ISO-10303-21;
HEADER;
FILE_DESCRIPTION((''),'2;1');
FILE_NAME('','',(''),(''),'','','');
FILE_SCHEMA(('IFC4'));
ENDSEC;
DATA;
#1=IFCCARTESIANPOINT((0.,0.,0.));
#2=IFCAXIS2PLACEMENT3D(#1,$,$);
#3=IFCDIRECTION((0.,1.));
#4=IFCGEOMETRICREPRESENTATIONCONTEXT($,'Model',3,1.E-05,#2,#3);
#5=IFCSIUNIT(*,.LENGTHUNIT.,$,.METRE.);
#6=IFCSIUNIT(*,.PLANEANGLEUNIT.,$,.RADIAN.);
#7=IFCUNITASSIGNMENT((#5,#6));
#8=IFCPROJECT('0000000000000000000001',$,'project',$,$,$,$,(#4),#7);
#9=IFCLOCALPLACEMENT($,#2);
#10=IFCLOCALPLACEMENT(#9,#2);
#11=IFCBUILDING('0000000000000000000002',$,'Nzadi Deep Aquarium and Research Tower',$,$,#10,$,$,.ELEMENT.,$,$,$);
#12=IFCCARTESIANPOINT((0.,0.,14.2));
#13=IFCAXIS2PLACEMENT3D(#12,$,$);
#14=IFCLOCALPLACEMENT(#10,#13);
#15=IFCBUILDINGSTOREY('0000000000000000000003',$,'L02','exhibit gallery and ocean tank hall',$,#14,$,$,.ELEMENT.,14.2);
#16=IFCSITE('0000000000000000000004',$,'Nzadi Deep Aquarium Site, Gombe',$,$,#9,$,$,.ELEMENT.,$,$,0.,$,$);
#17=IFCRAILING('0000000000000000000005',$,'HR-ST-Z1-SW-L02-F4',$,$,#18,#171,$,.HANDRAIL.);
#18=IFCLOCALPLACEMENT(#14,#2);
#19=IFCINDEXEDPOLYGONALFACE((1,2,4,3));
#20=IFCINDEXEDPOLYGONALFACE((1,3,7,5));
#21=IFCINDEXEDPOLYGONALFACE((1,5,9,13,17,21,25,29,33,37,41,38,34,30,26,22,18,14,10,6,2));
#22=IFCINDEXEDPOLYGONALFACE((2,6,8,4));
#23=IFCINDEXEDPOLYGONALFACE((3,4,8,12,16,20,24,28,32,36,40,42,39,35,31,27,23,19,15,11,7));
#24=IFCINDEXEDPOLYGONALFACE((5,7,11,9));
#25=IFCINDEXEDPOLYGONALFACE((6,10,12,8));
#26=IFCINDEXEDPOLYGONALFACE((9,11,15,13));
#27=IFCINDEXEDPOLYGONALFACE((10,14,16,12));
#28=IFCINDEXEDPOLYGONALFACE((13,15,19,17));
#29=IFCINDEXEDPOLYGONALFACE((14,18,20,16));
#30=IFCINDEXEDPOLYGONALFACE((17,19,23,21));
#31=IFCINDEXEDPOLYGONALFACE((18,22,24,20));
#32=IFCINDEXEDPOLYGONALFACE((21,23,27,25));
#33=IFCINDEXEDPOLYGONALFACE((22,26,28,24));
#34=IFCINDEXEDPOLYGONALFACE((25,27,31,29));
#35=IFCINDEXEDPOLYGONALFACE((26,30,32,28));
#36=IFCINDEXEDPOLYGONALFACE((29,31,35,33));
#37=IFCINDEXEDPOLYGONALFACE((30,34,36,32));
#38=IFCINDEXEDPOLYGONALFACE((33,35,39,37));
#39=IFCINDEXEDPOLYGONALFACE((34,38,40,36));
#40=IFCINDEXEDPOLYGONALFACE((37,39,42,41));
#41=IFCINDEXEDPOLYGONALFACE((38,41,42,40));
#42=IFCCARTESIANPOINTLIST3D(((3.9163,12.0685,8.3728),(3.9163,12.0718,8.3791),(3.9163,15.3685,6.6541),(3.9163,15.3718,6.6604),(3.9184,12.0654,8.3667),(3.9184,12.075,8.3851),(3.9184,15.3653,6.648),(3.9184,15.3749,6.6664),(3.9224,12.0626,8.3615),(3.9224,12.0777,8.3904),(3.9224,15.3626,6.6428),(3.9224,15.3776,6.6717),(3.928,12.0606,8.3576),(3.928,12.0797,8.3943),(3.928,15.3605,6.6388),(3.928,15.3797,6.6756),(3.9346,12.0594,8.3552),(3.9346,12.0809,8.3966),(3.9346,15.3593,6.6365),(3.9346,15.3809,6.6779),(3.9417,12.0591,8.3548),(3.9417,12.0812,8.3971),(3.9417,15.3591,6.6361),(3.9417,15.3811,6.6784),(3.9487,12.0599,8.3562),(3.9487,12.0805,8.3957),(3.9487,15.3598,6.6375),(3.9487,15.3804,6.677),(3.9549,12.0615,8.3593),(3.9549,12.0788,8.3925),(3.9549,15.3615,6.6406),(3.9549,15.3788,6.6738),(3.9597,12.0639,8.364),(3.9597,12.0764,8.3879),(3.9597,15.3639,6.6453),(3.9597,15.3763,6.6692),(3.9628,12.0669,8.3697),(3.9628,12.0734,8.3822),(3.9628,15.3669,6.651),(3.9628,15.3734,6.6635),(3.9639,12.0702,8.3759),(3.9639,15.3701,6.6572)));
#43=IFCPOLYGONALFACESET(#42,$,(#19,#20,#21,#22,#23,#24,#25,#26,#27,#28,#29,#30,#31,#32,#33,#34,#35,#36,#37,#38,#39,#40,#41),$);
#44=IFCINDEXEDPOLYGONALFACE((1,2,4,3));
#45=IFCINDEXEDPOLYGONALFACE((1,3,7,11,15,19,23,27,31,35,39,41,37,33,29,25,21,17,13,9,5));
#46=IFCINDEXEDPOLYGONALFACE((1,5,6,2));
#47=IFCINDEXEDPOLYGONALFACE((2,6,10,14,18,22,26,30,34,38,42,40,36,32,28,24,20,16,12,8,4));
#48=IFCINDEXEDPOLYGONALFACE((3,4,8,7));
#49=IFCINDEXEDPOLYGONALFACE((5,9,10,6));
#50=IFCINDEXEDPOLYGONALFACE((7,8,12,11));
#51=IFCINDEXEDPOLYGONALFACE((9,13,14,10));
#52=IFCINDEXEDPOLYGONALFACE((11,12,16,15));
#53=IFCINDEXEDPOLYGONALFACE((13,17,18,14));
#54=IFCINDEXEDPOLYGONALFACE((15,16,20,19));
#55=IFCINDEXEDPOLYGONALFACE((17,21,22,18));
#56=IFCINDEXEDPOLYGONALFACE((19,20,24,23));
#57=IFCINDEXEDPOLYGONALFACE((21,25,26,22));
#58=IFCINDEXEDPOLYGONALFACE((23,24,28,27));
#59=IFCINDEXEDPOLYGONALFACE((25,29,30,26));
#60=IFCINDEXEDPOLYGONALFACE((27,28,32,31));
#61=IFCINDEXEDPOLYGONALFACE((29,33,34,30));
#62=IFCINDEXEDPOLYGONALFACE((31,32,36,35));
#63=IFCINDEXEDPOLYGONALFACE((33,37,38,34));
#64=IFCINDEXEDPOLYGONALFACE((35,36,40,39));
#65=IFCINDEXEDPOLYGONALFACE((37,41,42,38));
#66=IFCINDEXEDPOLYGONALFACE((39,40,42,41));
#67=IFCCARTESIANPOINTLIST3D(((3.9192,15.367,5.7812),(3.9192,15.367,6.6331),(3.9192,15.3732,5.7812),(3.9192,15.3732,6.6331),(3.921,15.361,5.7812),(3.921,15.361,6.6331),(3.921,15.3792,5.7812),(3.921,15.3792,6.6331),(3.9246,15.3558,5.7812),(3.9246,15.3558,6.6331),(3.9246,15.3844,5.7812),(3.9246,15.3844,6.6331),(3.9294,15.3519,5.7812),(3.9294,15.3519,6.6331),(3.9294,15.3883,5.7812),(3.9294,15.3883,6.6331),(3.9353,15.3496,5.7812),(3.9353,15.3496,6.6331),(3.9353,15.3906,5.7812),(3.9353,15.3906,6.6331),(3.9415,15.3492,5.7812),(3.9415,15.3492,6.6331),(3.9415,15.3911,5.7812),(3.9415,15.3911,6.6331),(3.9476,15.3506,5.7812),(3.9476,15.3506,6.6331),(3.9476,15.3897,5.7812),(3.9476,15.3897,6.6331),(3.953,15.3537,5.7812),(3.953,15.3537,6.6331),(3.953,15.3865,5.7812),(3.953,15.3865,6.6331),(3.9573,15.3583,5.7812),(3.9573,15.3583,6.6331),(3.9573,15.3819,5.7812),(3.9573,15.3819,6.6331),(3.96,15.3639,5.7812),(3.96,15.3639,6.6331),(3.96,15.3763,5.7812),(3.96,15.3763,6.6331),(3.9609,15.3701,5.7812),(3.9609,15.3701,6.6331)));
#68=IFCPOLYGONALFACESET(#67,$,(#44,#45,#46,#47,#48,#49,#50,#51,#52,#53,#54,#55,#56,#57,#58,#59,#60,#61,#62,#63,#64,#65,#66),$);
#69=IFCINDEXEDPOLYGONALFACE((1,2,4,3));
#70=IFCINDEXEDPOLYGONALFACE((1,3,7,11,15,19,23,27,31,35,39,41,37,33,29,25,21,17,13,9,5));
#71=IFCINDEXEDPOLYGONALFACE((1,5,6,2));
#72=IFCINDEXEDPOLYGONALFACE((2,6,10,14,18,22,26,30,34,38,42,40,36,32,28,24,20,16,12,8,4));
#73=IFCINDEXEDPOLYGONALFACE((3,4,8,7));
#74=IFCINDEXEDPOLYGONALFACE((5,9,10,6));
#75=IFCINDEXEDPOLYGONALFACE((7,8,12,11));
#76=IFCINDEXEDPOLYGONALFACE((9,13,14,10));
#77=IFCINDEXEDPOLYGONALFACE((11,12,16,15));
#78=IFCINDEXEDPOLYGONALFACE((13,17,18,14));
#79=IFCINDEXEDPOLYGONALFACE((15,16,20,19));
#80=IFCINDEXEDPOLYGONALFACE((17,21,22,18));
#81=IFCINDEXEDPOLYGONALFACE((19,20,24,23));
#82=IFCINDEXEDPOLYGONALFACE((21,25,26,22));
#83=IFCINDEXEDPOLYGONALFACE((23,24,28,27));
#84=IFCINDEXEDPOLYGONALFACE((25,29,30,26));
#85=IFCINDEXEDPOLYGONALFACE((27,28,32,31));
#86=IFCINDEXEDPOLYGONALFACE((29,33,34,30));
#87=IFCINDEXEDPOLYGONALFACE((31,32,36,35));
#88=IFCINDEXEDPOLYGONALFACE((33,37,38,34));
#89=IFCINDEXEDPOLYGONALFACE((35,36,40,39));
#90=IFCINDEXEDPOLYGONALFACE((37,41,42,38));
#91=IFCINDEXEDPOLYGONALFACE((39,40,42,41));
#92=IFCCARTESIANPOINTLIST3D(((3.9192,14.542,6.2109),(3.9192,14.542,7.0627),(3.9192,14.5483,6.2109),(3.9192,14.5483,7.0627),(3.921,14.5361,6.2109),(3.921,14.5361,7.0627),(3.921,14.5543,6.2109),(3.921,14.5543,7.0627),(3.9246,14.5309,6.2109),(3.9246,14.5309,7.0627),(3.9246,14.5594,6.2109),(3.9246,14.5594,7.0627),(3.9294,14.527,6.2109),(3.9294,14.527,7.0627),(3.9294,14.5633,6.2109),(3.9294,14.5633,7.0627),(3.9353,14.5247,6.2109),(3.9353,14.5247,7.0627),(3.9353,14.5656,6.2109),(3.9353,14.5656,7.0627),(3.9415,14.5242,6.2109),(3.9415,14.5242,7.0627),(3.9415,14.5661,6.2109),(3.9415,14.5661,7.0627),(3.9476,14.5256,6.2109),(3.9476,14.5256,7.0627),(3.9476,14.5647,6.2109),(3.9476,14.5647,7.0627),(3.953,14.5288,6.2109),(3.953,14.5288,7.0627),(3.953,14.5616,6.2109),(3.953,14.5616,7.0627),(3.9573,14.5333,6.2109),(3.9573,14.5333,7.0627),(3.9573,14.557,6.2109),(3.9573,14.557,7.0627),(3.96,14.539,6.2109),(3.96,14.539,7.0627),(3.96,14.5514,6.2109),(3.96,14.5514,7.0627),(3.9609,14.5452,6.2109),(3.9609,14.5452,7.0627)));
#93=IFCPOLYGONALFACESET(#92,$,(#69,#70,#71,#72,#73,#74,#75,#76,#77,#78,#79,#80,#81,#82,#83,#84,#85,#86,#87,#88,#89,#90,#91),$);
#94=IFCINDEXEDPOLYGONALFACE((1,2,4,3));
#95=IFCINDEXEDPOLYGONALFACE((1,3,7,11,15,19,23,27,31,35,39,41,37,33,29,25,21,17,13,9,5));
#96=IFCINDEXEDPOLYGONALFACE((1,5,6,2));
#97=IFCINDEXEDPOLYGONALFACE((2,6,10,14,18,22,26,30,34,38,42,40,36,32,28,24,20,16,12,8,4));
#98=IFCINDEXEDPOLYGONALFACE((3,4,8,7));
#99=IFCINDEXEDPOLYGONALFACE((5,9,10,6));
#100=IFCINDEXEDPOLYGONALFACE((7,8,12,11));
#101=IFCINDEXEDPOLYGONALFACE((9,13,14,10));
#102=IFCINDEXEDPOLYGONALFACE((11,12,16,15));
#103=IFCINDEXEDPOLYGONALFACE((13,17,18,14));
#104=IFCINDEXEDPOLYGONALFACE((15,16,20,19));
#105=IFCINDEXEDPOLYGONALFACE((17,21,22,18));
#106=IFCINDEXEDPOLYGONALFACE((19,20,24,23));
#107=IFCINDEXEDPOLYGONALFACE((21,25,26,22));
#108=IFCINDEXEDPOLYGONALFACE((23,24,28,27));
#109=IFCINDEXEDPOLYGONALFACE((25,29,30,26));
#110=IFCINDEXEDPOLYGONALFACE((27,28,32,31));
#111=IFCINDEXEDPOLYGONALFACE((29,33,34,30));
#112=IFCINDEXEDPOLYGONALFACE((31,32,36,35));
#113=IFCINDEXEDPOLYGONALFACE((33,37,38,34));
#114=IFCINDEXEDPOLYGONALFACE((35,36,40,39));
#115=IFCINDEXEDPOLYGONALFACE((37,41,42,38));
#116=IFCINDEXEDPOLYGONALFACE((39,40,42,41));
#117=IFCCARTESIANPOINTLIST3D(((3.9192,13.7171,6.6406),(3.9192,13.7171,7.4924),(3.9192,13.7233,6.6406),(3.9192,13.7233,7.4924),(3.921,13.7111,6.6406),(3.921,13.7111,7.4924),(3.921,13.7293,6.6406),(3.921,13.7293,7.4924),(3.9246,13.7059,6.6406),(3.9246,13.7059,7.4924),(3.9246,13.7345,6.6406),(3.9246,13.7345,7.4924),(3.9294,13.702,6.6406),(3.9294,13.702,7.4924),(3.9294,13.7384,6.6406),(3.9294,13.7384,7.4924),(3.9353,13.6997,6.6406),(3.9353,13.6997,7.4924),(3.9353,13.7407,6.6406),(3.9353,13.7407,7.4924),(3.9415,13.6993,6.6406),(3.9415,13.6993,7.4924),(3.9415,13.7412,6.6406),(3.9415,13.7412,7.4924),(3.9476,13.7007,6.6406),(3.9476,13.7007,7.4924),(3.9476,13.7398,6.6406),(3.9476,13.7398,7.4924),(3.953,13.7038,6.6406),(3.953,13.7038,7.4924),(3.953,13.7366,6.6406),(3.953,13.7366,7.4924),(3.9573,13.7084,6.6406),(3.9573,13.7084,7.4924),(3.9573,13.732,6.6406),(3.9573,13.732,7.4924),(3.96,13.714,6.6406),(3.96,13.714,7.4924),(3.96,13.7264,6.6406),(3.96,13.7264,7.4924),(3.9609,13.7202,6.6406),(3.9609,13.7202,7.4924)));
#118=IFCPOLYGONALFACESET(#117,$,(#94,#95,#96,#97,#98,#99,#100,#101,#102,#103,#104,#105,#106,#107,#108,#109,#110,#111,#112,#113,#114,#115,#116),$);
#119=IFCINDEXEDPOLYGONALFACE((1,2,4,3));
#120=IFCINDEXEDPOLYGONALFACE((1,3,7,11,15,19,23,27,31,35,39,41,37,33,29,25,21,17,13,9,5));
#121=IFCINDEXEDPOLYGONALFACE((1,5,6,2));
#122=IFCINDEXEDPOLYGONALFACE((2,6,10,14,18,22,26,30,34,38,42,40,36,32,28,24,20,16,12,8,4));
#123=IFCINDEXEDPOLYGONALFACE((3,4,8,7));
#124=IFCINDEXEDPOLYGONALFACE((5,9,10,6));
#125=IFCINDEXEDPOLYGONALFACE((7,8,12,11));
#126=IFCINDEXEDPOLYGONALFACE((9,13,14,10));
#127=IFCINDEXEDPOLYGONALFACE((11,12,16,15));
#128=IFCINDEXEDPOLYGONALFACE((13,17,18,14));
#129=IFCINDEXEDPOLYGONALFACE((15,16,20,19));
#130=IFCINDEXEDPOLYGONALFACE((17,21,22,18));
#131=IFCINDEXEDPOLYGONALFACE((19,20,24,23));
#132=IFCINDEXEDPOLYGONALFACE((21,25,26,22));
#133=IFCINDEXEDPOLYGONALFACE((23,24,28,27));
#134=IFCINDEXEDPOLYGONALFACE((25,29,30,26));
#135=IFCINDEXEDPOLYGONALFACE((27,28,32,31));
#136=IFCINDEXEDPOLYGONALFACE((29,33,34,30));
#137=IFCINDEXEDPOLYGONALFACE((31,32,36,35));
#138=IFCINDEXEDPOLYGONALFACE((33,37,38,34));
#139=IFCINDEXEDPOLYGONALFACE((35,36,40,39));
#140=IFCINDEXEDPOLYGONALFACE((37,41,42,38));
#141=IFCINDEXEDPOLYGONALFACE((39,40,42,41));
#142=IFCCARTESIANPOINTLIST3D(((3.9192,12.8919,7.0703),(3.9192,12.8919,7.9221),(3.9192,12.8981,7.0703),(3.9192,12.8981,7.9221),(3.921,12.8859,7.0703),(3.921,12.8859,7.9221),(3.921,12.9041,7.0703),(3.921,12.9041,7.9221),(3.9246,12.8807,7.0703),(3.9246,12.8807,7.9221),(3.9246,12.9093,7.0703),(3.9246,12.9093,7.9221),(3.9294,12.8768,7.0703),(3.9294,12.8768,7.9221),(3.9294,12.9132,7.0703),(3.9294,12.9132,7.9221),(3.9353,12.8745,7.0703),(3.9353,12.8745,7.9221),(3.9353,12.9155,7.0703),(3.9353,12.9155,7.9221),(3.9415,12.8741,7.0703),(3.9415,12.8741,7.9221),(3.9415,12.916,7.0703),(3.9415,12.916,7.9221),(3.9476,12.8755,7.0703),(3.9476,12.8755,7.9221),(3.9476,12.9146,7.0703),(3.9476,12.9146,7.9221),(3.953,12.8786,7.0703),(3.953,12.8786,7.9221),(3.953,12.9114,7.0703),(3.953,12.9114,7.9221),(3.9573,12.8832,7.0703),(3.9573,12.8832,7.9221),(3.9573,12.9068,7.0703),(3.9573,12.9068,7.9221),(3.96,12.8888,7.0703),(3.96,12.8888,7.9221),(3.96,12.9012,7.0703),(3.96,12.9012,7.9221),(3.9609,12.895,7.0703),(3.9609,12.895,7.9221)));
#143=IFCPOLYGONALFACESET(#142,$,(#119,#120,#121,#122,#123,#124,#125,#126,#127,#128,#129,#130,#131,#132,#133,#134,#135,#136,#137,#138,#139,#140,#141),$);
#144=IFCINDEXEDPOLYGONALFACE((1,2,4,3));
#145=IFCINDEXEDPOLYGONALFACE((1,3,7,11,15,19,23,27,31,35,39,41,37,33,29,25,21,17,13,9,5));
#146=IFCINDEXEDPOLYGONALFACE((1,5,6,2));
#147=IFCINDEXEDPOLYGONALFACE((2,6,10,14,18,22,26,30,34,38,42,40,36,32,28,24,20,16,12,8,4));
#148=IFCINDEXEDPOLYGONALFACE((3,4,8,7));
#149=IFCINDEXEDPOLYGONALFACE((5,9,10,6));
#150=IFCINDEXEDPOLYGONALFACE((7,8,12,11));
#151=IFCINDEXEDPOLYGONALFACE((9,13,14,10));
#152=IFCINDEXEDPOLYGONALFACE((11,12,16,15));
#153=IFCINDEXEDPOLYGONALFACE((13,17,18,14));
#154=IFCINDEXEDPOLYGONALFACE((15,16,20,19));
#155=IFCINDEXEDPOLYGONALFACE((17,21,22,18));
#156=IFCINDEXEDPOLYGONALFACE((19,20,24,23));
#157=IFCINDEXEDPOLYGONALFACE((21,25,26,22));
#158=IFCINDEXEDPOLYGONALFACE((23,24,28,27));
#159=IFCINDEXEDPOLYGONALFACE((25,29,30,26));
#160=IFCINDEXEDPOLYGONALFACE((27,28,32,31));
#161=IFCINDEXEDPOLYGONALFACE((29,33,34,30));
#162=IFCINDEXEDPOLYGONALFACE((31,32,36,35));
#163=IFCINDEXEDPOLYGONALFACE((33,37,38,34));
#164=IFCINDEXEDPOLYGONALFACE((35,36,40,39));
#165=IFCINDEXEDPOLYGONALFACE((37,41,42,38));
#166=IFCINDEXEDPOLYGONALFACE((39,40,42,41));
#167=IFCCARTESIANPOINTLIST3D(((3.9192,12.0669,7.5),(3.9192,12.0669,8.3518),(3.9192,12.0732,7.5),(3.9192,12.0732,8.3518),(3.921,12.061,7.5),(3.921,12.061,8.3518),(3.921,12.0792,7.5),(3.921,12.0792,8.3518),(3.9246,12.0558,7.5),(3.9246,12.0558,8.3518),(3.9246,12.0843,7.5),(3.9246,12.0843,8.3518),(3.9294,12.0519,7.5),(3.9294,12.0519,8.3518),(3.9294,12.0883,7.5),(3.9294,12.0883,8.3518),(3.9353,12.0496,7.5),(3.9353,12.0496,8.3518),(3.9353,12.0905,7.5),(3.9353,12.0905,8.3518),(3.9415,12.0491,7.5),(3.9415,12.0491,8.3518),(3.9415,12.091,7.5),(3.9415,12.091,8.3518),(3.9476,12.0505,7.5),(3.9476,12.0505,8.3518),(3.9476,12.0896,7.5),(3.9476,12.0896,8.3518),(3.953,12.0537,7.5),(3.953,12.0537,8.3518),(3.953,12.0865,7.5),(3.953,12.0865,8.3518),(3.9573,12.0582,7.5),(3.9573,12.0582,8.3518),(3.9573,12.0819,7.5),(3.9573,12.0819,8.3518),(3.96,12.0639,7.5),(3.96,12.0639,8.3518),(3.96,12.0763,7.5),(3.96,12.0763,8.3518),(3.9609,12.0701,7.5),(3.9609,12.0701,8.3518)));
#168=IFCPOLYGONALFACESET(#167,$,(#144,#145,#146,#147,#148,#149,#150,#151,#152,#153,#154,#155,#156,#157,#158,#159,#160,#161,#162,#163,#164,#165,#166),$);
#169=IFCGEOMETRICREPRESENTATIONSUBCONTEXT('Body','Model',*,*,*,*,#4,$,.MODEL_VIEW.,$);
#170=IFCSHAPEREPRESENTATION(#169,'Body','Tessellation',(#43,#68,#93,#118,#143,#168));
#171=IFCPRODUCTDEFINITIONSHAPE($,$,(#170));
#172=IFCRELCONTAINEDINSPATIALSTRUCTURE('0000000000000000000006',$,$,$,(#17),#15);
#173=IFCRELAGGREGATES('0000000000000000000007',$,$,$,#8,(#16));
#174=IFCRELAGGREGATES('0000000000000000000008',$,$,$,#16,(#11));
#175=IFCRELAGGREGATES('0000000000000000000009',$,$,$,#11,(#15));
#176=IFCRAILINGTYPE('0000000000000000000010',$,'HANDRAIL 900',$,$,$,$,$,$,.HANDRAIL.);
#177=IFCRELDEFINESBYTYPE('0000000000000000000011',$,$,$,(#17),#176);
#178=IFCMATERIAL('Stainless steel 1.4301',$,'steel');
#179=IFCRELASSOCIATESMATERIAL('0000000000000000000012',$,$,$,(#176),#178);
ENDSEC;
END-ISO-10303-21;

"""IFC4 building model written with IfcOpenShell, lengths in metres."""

from ifc_helpers import new_model, si_unit, direction, frame, origin, origin_2d, place, context, subcontext, project, spatial, circle, extrude, material, type_object, element, save


model = new_model("IFC4")

# Units and contexts
model_context = context("Model", 3, precision=1e-05, world=origin(), true_north=direction((0.0, 1.0)))
body_context = subcontext(model_context, "Body", "Model", "MODEL_VIEW")
ifc_project = project(units=[si_unit("LENGTHUNIT", "METRE"), si_unit("PLANEANGLEUNIT", "RADIAN")], contexts=[model_context])

# Site, building, storey
site_placement = place(None, origin())
site = spatial("IfcSite", under=ifc_project, at=site_placement, Name="Nzadi Deep Aquarium Site, Gombe", CompositionType="ELEMENT", RefElevation=0.0)
building_placement = place(site_placement, origin())
building = spatial("IfcBuilding", under=site, at=building_placement, Name="Nzadi Deep Aquarium and Research Tower", CompositionType="ELEMENT")
storey_placement = place(building_placement, frame((0.0, 0.0, 14.2)))
storey = spatial("IfcBuildingStorey", under=building, at=storey_placement, Name="L02", Description="exhibit gallery and ocean tank hall", CompositionType="ELEMENT", Elevation=14.2)

# Railing
ifc_material_1 = material(Name="Stainless steel 1.4301", Category="steel")
railing_type = type_object("IfcRailingType", Name="HANDRAIL 900", PredefinedType="HANDRAIL", material=ifc_material_1)
for number, where, name in (
    (1, (3.9399, 15.3701, 5.7812), "HR-ST-Z1-SW-L02-F4"),
):
    element("IfcRailing", number, at=place(storey_placement, frame(where)), inside=storey, type_object=railing_type, Name=name, PredefinedType="HANDRAIL", context=body_context, shape_type="SweptSolid", body=[
        extrude(circle(Radius=0.0239, at=origin_2d()), frame((0.0, 0.0, 0.876), z_axis=(0.0, -0.886917, 0.461929), x_axis=(1.0, 0.0, 0.0)), (0.0, 0.0, 1.0), 3.7207),
        extrude(circle(Radius=0.021, at=origin_2d()), origin(), (0.0, 0.0, 1.0), 0.8518),
        extrude(circle(Radius=0.021, at=origin_2d()), frame((0.0, -0.825, 0.4297)), (0.0, 0.0, 1.0), 0.8518),
        extrude(circle(Radius=0.021, at=origin_2d()), frame((0.0, -1.6499, 0.8594)), (0.0, 0.0, 1.0), 0.8518),
        extrude(circle(Radius=0.021, at=origin_2d()), frame((0.0, -2.4751, 1.2891)), (0.0, 0.0, 1.0), 0.8518),
        extrude(circle(Radius=0.021, at=origin_2d()), frame((0.0, -3.3, 1.7188)), (0.0, 0.0, 1.0), 0.8518),
    ])

save(model, "model.ifc")
